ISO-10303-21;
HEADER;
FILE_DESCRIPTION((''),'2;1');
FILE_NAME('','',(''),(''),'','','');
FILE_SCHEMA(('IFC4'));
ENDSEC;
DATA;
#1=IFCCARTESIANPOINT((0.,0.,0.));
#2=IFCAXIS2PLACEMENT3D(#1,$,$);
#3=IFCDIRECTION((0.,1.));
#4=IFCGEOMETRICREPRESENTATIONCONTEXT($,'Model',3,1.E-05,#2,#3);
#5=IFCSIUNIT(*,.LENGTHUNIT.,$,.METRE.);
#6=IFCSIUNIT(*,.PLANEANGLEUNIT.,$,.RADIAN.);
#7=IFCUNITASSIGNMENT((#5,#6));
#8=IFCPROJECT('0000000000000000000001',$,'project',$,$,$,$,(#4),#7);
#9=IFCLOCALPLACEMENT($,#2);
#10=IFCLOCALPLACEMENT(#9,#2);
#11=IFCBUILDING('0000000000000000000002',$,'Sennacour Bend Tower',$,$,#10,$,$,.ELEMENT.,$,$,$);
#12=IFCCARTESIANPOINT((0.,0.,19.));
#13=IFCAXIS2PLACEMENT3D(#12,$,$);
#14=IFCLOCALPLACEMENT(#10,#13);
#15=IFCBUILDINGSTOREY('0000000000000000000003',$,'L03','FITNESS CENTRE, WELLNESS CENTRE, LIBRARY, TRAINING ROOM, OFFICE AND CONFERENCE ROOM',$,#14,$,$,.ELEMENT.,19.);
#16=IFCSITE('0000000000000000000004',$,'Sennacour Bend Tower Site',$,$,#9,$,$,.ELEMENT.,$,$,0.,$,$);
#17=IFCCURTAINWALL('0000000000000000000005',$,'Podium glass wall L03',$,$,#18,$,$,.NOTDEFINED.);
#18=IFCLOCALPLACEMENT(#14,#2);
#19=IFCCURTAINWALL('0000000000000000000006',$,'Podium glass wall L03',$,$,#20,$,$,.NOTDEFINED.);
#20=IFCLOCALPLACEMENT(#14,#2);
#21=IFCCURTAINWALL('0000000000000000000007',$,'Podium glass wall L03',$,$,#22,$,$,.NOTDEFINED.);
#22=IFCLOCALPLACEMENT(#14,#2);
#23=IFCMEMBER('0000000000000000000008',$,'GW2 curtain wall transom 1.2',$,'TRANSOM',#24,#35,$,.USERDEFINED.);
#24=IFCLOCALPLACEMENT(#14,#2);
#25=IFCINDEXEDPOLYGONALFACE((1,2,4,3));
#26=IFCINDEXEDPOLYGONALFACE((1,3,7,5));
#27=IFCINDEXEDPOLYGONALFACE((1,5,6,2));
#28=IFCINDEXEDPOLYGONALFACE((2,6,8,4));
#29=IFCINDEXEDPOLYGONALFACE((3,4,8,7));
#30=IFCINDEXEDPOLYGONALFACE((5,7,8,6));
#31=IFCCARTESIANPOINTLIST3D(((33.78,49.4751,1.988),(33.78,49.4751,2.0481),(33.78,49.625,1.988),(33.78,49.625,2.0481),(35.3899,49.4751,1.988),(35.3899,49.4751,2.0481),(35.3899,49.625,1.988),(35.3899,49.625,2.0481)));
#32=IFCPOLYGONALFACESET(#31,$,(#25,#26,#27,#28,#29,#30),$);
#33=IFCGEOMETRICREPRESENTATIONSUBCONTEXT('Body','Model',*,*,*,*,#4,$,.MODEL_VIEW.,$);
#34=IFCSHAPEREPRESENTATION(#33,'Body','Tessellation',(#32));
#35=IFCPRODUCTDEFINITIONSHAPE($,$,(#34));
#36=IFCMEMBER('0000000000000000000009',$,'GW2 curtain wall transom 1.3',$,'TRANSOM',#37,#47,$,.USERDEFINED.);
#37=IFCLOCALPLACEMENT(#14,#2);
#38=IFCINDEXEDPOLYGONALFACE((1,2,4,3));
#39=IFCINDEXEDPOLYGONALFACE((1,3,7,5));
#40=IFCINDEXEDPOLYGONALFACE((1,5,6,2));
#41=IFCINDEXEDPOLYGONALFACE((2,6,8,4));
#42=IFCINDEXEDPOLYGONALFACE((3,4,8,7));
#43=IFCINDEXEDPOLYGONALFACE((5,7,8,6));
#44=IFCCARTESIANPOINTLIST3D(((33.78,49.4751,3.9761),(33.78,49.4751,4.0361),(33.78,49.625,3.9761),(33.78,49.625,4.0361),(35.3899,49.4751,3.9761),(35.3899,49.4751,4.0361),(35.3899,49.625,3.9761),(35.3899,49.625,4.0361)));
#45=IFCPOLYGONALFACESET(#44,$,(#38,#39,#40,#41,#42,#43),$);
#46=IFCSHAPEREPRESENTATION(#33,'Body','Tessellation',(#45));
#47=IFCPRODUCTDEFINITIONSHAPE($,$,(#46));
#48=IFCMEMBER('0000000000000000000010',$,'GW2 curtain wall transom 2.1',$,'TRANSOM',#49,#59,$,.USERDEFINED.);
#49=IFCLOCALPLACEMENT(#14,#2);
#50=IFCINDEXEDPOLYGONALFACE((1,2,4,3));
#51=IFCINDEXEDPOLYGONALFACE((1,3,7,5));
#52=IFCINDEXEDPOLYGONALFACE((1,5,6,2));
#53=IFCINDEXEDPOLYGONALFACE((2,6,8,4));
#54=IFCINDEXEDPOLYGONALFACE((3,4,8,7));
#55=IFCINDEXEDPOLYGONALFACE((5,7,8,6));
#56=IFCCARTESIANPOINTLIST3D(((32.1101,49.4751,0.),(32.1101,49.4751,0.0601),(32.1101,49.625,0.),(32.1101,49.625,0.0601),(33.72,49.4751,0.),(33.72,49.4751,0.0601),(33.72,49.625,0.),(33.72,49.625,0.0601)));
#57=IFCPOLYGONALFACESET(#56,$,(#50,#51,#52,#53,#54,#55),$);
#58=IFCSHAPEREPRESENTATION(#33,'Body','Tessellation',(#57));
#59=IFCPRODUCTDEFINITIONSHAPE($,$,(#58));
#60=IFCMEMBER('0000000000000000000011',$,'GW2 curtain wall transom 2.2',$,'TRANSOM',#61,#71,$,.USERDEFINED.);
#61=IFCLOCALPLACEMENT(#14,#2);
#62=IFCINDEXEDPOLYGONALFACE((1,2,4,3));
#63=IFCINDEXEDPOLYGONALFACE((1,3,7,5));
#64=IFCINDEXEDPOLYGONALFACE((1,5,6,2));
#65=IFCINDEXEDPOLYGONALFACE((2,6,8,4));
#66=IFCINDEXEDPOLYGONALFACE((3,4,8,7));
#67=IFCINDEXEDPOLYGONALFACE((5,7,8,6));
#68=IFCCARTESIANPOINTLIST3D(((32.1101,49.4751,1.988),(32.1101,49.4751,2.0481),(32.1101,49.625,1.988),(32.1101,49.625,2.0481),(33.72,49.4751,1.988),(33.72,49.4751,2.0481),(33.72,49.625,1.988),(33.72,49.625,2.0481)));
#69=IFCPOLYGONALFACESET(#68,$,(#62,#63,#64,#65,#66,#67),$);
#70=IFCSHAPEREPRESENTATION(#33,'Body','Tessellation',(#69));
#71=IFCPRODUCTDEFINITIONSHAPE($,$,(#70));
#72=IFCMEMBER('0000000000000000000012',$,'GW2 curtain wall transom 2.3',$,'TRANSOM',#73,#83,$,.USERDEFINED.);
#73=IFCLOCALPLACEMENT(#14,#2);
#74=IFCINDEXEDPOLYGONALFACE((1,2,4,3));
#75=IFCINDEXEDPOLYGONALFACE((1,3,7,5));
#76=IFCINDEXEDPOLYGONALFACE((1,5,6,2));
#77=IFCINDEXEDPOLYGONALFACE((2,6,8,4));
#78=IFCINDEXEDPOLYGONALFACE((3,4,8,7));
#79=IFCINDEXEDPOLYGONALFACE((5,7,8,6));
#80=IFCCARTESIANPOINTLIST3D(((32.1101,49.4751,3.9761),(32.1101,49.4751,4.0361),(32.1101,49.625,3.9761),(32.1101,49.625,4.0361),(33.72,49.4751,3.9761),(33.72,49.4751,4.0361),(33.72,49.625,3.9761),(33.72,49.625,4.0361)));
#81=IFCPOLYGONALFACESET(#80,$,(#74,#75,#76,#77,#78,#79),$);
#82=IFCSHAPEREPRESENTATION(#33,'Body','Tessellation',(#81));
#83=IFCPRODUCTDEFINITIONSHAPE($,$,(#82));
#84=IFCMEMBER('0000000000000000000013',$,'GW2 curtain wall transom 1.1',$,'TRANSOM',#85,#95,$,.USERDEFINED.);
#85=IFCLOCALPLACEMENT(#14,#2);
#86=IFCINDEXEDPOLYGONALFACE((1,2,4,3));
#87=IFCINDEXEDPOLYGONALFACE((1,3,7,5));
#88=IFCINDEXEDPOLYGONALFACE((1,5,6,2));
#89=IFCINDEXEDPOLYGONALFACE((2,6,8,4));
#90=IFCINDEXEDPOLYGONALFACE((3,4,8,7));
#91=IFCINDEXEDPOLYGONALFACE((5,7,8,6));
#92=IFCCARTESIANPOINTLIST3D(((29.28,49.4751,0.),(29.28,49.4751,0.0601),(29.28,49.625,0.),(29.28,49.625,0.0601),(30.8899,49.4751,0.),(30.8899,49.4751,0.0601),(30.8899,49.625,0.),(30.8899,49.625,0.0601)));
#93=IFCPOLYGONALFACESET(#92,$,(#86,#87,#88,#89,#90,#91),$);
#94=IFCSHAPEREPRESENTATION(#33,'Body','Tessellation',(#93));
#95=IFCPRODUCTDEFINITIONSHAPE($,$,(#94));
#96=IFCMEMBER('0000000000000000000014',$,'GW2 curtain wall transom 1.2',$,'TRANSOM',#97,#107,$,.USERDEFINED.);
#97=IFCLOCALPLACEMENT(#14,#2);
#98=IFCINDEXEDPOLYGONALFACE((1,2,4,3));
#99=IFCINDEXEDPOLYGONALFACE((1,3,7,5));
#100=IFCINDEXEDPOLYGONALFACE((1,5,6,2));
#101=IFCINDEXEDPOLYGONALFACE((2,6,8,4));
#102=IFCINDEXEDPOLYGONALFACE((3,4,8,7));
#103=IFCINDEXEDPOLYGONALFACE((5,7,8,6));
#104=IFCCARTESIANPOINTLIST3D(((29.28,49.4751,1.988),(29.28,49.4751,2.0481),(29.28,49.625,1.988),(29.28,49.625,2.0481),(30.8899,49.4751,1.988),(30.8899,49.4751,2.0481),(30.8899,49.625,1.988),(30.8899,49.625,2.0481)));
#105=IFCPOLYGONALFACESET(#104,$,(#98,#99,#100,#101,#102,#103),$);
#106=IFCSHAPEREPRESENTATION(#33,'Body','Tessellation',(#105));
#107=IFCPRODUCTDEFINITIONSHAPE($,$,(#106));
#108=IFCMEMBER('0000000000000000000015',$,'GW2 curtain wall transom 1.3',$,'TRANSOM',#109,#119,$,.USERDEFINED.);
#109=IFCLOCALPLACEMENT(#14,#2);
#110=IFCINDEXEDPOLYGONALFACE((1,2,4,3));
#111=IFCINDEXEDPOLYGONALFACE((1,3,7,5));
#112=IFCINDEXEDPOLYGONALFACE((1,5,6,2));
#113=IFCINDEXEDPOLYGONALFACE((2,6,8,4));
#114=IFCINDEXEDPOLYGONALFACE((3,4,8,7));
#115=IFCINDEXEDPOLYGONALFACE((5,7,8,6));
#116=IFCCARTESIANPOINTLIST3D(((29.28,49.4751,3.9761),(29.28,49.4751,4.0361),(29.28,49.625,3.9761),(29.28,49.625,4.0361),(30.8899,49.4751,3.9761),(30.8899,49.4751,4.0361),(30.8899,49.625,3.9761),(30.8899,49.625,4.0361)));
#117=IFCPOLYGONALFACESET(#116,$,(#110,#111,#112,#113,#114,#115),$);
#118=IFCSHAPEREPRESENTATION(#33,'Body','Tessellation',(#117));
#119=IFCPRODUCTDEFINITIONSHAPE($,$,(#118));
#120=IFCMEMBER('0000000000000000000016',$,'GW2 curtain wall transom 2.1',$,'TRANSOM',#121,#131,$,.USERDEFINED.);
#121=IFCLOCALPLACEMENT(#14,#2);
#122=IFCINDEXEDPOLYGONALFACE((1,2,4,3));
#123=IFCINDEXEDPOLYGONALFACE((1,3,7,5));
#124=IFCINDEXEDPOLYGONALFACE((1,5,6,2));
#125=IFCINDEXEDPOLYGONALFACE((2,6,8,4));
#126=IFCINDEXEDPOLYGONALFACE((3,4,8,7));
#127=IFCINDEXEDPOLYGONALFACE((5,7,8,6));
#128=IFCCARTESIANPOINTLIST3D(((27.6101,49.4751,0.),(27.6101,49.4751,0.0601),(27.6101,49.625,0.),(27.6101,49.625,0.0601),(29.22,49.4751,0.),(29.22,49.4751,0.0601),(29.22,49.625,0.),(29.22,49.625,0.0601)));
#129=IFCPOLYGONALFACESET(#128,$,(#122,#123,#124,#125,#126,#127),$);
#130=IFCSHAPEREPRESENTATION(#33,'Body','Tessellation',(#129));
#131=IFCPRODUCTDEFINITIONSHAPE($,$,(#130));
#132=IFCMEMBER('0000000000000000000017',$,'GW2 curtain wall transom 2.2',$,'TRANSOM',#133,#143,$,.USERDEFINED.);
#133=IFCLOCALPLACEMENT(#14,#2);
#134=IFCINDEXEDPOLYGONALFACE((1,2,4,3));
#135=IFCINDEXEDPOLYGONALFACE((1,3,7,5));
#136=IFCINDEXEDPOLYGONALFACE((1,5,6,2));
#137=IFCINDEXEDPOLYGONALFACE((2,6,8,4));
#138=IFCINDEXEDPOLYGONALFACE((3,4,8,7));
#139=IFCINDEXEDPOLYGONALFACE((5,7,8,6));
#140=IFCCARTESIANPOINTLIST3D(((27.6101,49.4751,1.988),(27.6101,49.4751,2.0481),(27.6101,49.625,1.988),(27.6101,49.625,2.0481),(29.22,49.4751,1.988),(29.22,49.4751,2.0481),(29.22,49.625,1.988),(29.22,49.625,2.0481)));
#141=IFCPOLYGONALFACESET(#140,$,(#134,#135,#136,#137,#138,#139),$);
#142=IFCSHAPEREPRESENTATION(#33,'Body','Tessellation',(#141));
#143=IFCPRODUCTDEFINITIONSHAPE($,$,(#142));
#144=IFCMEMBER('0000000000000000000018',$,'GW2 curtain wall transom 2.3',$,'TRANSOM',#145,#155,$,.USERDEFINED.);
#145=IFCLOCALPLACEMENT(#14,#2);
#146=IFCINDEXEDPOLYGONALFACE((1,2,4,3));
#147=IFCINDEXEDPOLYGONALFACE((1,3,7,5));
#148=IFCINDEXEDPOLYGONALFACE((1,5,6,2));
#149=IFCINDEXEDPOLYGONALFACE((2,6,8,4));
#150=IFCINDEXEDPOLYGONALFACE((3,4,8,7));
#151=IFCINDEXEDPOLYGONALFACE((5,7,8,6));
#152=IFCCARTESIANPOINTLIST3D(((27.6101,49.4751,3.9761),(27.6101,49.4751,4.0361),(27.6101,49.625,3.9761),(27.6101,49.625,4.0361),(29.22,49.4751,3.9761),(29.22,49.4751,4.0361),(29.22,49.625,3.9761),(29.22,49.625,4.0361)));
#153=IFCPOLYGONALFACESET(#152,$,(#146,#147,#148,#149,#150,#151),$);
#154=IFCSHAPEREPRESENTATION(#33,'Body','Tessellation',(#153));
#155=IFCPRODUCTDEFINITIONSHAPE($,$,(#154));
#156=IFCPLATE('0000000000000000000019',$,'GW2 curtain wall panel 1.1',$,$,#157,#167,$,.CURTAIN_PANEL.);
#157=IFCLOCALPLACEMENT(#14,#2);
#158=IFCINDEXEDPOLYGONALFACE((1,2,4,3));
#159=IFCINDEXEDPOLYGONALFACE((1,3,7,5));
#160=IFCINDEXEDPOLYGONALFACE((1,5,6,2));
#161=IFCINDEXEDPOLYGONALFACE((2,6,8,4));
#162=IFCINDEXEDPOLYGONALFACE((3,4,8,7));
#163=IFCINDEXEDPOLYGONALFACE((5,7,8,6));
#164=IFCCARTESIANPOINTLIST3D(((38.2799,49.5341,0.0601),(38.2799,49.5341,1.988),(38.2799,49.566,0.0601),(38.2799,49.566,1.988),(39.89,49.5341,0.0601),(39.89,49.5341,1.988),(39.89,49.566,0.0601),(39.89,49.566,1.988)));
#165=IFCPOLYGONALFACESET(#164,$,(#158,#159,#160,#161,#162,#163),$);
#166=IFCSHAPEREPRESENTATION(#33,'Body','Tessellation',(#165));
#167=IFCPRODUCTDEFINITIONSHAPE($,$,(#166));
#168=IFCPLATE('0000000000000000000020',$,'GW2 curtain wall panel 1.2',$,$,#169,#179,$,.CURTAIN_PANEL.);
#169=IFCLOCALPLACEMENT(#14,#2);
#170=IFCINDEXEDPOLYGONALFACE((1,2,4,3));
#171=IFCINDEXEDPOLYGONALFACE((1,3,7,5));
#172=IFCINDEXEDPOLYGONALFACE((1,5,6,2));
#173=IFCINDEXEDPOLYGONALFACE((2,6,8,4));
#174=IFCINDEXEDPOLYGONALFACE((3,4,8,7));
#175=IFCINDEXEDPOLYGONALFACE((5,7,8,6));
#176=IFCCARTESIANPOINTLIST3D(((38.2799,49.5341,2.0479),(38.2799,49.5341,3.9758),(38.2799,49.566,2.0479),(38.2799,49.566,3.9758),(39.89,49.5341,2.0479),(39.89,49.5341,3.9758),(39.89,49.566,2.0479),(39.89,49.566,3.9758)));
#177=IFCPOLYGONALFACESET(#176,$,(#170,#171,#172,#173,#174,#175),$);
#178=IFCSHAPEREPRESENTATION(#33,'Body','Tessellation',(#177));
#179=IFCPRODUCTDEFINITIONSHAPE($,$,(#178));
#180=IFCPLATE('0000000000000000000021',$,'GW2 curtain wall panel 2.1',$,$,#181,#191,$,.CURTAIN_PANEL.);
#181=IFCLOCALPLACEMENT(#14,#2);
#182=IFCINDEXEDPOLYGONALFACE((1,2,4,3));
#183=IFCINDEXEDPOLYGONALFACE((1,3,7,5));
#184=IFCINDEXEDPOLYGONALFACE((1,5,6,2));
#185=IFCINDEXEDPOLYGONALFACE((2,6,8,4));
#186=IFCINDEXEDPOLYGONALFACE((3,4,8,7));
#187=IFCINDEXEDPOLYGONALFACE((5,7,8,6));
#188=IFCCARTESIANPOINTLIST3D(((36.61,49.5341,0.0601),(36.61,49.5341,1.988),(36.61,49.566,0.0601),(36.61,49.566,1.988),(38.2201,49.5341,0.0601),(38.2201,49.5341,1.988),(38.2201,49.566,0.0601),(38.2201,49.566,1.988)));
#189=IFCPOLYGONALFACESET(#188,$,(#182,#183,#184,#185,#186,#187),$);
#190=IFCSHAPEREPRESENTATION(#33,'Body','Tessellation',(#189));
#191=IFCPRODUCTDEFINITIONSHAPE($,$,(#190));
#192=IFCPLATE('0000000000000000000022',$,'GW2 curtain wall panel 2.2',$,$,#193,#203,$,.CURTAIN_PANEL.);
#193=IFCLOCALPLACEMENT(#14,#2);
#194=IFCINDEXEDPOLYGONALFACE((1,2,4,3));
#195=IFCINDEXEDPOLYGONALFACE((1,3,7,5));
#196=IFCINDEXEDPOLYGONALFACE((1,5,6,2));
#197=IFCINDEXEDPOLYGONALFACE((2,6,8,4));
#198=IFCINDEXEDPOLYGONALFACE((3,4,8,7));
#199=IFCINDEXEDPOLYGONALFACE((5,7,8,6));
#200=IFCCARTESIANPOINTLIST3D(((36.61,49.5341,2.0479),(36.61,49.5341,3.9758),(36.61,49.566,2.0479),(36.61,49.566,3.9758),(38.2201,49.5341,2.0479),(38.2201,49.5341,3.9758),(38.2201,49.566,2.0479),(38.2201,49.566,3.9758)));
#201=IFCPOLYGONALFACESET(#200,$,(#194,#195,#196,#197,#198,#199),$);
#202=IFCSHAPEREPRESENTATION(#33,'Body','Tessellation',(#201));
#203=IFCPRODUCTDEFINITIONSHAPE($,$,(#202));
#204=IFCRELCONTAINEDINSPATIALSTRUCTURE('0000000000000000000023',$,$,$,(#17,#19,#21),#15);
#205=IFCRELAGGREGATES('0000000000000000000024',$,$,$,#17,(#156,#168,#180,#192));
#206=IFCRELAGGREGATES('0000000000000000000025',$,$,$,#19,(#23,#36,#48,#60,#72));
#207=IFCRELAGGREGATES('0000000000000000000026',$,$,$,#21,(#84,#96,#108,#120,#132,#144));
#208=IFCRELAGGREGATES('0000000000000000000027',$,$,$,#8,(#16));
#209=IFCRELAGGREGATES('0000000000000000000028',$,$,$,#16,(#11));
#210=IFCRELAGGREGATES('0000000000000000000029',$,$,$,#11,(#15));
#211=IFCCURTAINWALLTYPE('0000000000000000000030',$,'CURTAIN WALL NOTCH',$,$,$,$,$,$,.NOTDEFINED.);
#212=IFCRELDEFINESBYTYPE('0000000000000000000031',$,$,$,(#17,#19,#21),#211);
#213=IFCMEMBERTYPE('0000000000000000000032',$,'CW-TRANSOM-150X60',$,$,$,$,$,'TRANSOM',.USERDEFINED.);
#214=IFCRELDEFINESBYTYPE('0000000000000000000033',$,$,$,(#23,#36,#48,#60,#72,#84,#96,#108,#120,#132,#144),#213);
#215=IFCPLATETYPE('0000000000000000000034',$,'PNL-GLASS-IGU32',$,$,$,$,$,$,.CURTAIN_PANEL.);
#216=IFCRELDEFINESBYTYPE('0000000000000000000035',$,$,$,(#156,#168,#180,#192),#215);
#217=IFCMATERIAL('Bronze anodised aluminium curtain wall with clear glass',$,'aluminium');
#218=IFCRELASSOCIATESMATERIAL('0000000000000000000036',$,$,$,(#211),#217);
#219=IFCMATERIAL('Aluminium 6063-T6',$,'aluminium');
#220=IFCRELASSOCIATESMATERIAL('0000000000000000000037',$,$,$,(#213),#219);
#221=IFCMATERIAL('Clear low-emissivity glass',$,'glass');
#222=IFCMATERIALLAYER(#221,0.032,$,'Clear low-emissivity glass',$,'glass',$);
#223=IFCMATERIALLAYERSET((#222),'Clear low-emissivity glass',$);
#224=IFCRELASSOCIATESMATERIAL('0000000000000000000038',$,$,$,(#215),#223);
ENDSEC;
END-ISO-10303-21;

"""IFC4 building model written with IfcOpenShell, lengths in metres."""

from ifc_helpers import new_model, si_unit, direction, frame, origin, origin_2d, place, context, subcontext, project, spatial, rectangle, extrude, material, layer, layer_set, material_profile, profile_set, type_object, element, aggregate, save


model = new_model("IFC4")

# Units and contexts
model_context = context("Model", 3, precision=1e-05, world=origin(), true_north=direction((0.0, 1.0)))
body_context = subcontext(model_context, "Body", "Model", "MODEL_VIEW")
ifc_project = project(units=[si_unit("LENGTHUNIT", "METRE"), si_unit("PLANEANGLEUNIT", "RADIAN")], contexts=[model_context])

# Site, building, storey
site_placement = place(None, origin())
site = spatial("IfcSite", under=ifc_project, at=site_placement, Name="Sennacour Bend Tower Site", CompositionType="ELEMENT", RefElevation=0.0)
building_placement = place(site_placement, origin())
building = spatial("IfcBuilding", under=site, at=building_placement, Name="Sennacour Bend Tower", CompositionType="ELEMENT")
storey_placement = place(building_placement, frame((0.0, 0.0, 19.0)))
storey = spatial("IfcBuildingStorey", under=building, at=storey_placement, Name="L03", Description="FITNESS CENTRE, WELLNESS CENTRE, LIBRARY, TRAINING ROOM, OFFICE AND CONFERENCE ROOM", CompositionType="ELEMENT", Elevation=19.0)

# Curtain walls
ifc_material_1 = material(Name="Bronze anodised aluminium curtain wall with clear glass", Category="aluminium")
curtain_wall_type = type_object("IfcCurtainWallType", Name="CURTAIN WALL NOTCH", PredefinedType="NOTDEFINED", material=ifc_material_1)
curtain_wall_1_placement = place(storey_placement, origin())
curtain_wall_1 = element("IfcCurtainWall", 1, at=curtain_wall_1_placement, inside=storey, type_object=curtain_wall_type, Name="Podium glass wall L03", PredefinedType="NOTDEFINED")
ifc_material_2 = material(Name="Aluminium 6063-T6", Category="aluminium")
curtain_wall_2_placement = place(storey_placement, origin())
curtain_wall_2 = element("IfcCurtainWall", 2, at=curtain_wall_2_placement, inside=storey, type_object=curtain_wall_type, Name="Podium glass wall L03", PredefinedType="NOTDEFINED")
curtain_wall_3_placement = place(storey_placement, origin())
curtain_wall_3 = element("IfcCurtainWall", 3, at=curtain_wall_3_placement, inside=storey, type_object=curtain_wall_type, Name="Podium glass wall L03", PredefinedType="NOTDEFINED")

# Members
ifc_material_profile_1 = material_profile(ifc_material_2, rectangle(XDim=0.1499, YDim=0.0601, at=origin_2d()), Name="Aluminium 6063-T6", Category="aluminium")
ifc_profile_set_1 = profile_set([ifc_material_profile_1], Name="Aluminium 6063-T6")
member_type_1 = type_object("IfcMemberType", Name="CW-TRANSOM-150X60", ElementType="TRANSOM", PredefinedType="USERDEFINED", material=ifc_profile_set_1)
member_1_placement = place(storey_placement, frame((35.3899, 49.55, 2.0181), z_axis=(-1.0, 0.0, 0.0), x_axis=(0.0, -1.0, 0.0)))
member_1 = element("IfcMember", 4, at=member_1_placement, type_object=member_type_1, Name="GW2 curtain wall transom 1.2", ObjectType="TRANSOM", PredefinedType="USERDEFINED", context=body_context, shape_type="SweptSolid", body=[
    extrude(rectangle(XDim=0.1499, YDim=0.0601, at=origin_2d()), origin(), (0.0, 0.0, 1.0), 1.6099),
])
member_2_placement = place(storey_placement, frame((35.3899, 49.55, 4.0061), z_axis=(-1.0, 0.0, 0.0), x_axis=(0.0, -1.0, 0.0)))
member_2 = element("IfcMember", 5, at=member_2_placement, type_object=member_type_1, Name="GW2 curtain wall transom 1.3", ObjectType="TRANSOM", PredefinedType="USERDEFINED", context=body_context, shape_type="SweptSolid", body=[
    extrude(rectangle(XDim=0.1499, YDim=0.0601, at=origin_2d()), origin(), (0.0, 0.0, 1.0), 1.6099),
])
member_3_placement = place(storey_placement, frame((33.72, 49.55, 0.03), z_axis=(-1.0, 0.0, 0.0), x_axis=(0.0, -1.0, 0.0)))
member_3 = element("IfcMember", 6, at=member_3_placement, type_object=member_type_1, Name="GW2 curtain wall transom 2.1", ObjectType="TRANSOM", PredefinedType="USERDEFINED", context=body_context, shape_type="SweptSolid", body=[
    extrude(rectangle(XDim=0.1499, YDim=0.0601, at=origin_2d()), origin(), (0.0, 0.0, 1.0), 1.6099),
])
member_4_placement = place(storey_placement, frame((33.72, 49.55, 2.0181), z_axis=(-1.0, 0.0, 0.0), x_axis=(0.0, -1.0, 0.0)))
member_4 = element("IfcMember", 7, at=member_4_placement, type_object=member_type_1, Name="GW2 curtain wall transom 2.2", ObjectType="TRANSOM", PredefinedType="USERDEFINED", context=body_context, shape_type="SweptSolid", body=[
    extrude(rectangle(XDim=0.1499, YDim=0.0601, at=origin_2d()), origin(), (0.0, 0.0, 1.0), 1.6099),
])
member_5_placement = place(storey_placement, frame((33.72, 49.55, 4.0061), z_axis=(-1.0, 0.0, 0.0), x_axis=(0.0, -1.0, 0.0)))
member_5 = element("IfcMember", 8, at=member_5_placement, type_object=member_type_1, Name="GW2 curtain wall transom 2.3", ObjectType="TRANSOM", PredefinedType="USERDEFINED", context=body_context, shape_type="SweptSolid", body=[
    extrude(rectangle(XDim=0.1499, YDim=0.0601, at=origin_2d()), origin(), (0.0, 0.0, 1.0), 1.6099),
])
member_6_placement = place(storey_placement, frame((30.8899, 49.55, 0.03), z_axis=(-1.0, 0.0, 0.0), x_axis=(0.0, -1.0, 0.0)))
member_6 = element("IfcMember", 9, at=member_6_placement, type_object=member_type_1, Name="GW2 curtain wall transom 1.1", ObjectType="TRANSOM", PredefinedType="USERDEFINED", context=body_context, shape_type="SweptSolid", body=[
    extrude(rectangle(XDim=0.1499, YDim=0.0601, at=origin_2d()), origin(), (0.0, 0.0, 1.0), 1.6099),
])
member_7_placement = place(storey_placement, frame((30.8899, 49.55, 2.0181), z_axis=(-1.0, 0.0, 0.0), x_axis=(0.0, -1.0, 0.0)))
member_7 = element("IfcMember", 10, at=member_7_placement, type_object=member_type_1, Name="GW2 curtain wall transom 1.2", ObjectType="TRANSOM", PredefinedType="USERDEFINED", context=body_context, shape_type="SweptSolid", body=[
    extrude(rectangle(XDim=0.1499, YDim=0.0601, at=origin_2d()), origin(), (0.0, 0.0, 1.0), 1.6099),
])
member_8_placement = place(storey_placement, frame((30.8899, 49.55, 4.0061), z_axis=(-1.0, 0.0, 0.0), x_axis=(0.0, -1.0, 0.0)))
member_8 = element("IfcMember", 11, at=member_8_placement, type_object=member_type_1, Name="GW2 curtain wall transom 1.3", ObjectType="TRANSOM", PredefinedType="USERDEFINED", context=body_context, shape_type="SweptSolid", body=[
    extrude(rectangle(XDim=0.1499, YDim=0.0601, at=origin_2d()), origin(), (0.0, 0.0, 1.0), 1.6099),
])
member_9_placement = place(storey_placement, frame((29.22, 49.55, 0.03), z_axis=(-1.0, 0.0, 0.0), x_axis=(0.0, -1.0, 0.0)))
member_9 = element("IfcMember", 12, at=member_9_placement, type_object=member_type_1, Name="GW2 curtain wall transom 2.1", ObjectType="TRANSOM", PredefinedType="USERDEFINED", context=body_context, shape_type="SweptSolid", body=[
    extrude(rectangle(XDim=0.1499, YDim=0.0601, at=origin_2d()), origin(), (0.0, 0.0, 1.0), 1.6099),
])
member_10_placement = place(storey_placement, frame((29.22, 49.55, 2.0181), z_axis=(-1.0, 0.0, 0.0), x_axis=(0.0, -1.0, 0.0)))
member_10 = element("IfcMember", 13, at=member_10_placement, type_object=member_type_1, Name="GW2 curtain wall transom 2.2", ObjectType="TRANSOM", PredefinedType="USERDEFINED", context=body_context, shape_type="SweptSolid", body=[
    extrude(rectangle(XDim=0.1499, YDim=0.0601, at=origin_2d()), origin(), (0.0, 0.0, 1.0), 1.6099),
])
member_11_placement = place(storey_placement, frame((29.22, 49.55, 4.0061), z_axis=(-1.0, 0.0, 0.0), x_axis=(0.0, -1.0, 0.0)))
member_11 = element("IfcMember", 14, at=member_11_placement, type_object=member_type_1, Name="GW2 curtain wall transom 2.3", ObjectType="TRANSOM", PredefinedType="USERDEFINED", context=body_context, shape_type="SweptSolid", body=[
    extrude(rectangle(XDim=0.1499, YDim=0.0601, at=origin_2d()), origin(), (0.0, 0.0, 1.0), 1.6099),
])

# Plates
ifc_material_3 = material(Name="Clear low-emissivity glass", Category="glass")
ifc_layer = layer(ifc_material_3, 0.032, Name="Clear low-emissivity glass", Category="glass")
ifc_layer_set = layer_set([ifc_layer], Name="Clear low-emissivity glass")
plate_type = type_object("IfcPlateType", Name="PNL-GLASS-IGU32", PredefinedType="CURTAIN_PANEL", material=ifc_layer_set)
plate_1_placement = place(storey_placement, frame((39.085, 49.55, 0.0601), z_axis=(0.0, 0.0, 1.0), x_axis=(-1.0, 0.0, 0.0)))
plate_1 = element("IfcPlate", 15, at=plate_1_placement, type_object=plate_type, Name="GW2 curtain wall panel 1.1", PredefinedType="CURTAIN_PANEL", context=body_context, shape_type="SweptSolid", body=[
    extrude(rectangle(XDim=1.6101, YDim=0.032, at=origin_2d()), origin(), (0.0, 0.0, 1.0), 1.928),
])
plate_2_placement = place(storey_placement, frame((39.085, 49.55, 2.0479), z_axis=(0.0, 0.0, 1.0), x_axis=(-1.0, 0.0, 0.0)))
plate_2 = element("IfcPlate", 16, at=plate_2_placement, type_object=plate_type, Name="GW2 curtain wall panel 1.2", PredefinedType="CURTAIN_PANEL", context=body_context, shape_type="SweptSolid", body=[
    extrude(rectangle(XDim=1.6101, YDim=0.032, at=origin_2d()), origin(), (0.0, 0.0, 1.0), 1.928),
])
plate_3_placement = place(storey_placement, frame((37.415, 49.55, 0.0601), z_axis=(0.0, 0.0, 1.0), x_axis=(-1.0, 0.0, 0.0)))
plate_3 = element("IfcPlate", 17, at=plate_3_placement, type_object=plate_type, Name="GW2 curtain wall panel 2.1", PredefinedType="CURTAIN_PANEL", context=body_context, shape_type="SweptSolid", body=[
    extrude(rectangle(XDim=1.6101, YDim=0.032, at=origin_2d()), origin(), (0.0, 0.0, 1.0), 1.928),
])
plate_4_placement = place(storey_placement, frame((37.415, 49.55, 2.0479), z_axis=(0.0, 0.0, 1.0), x_axis=(-1.0, 0.0, 0.0)))
plate_4 = element("IfcPlate", 18, at=plate_4_placement, type_object=plate_type, Name="GW2 curtain wall panel 2.2", PredefinedType="CURTAIN_PANEL", context=body_context, shape_type="SweptSolid", body=[
    extrude(rectangle(XDim=1.6101, YDim=0.032, at=origin_2d()), origin(), (0.0, 0.0, 1.0), 1.928),
])
aggregate(curtain_wall_1, [plate_1, plate_2, plate_3, plate_4])
aggregate(curtain_wall_2, [member_1, member_2, member_3, member_4, member_5])
aggregate(curtain_wall_3, [member_6, member_7, member_8, member_9, member_10, member_11])

save(model, "model.ifc")
